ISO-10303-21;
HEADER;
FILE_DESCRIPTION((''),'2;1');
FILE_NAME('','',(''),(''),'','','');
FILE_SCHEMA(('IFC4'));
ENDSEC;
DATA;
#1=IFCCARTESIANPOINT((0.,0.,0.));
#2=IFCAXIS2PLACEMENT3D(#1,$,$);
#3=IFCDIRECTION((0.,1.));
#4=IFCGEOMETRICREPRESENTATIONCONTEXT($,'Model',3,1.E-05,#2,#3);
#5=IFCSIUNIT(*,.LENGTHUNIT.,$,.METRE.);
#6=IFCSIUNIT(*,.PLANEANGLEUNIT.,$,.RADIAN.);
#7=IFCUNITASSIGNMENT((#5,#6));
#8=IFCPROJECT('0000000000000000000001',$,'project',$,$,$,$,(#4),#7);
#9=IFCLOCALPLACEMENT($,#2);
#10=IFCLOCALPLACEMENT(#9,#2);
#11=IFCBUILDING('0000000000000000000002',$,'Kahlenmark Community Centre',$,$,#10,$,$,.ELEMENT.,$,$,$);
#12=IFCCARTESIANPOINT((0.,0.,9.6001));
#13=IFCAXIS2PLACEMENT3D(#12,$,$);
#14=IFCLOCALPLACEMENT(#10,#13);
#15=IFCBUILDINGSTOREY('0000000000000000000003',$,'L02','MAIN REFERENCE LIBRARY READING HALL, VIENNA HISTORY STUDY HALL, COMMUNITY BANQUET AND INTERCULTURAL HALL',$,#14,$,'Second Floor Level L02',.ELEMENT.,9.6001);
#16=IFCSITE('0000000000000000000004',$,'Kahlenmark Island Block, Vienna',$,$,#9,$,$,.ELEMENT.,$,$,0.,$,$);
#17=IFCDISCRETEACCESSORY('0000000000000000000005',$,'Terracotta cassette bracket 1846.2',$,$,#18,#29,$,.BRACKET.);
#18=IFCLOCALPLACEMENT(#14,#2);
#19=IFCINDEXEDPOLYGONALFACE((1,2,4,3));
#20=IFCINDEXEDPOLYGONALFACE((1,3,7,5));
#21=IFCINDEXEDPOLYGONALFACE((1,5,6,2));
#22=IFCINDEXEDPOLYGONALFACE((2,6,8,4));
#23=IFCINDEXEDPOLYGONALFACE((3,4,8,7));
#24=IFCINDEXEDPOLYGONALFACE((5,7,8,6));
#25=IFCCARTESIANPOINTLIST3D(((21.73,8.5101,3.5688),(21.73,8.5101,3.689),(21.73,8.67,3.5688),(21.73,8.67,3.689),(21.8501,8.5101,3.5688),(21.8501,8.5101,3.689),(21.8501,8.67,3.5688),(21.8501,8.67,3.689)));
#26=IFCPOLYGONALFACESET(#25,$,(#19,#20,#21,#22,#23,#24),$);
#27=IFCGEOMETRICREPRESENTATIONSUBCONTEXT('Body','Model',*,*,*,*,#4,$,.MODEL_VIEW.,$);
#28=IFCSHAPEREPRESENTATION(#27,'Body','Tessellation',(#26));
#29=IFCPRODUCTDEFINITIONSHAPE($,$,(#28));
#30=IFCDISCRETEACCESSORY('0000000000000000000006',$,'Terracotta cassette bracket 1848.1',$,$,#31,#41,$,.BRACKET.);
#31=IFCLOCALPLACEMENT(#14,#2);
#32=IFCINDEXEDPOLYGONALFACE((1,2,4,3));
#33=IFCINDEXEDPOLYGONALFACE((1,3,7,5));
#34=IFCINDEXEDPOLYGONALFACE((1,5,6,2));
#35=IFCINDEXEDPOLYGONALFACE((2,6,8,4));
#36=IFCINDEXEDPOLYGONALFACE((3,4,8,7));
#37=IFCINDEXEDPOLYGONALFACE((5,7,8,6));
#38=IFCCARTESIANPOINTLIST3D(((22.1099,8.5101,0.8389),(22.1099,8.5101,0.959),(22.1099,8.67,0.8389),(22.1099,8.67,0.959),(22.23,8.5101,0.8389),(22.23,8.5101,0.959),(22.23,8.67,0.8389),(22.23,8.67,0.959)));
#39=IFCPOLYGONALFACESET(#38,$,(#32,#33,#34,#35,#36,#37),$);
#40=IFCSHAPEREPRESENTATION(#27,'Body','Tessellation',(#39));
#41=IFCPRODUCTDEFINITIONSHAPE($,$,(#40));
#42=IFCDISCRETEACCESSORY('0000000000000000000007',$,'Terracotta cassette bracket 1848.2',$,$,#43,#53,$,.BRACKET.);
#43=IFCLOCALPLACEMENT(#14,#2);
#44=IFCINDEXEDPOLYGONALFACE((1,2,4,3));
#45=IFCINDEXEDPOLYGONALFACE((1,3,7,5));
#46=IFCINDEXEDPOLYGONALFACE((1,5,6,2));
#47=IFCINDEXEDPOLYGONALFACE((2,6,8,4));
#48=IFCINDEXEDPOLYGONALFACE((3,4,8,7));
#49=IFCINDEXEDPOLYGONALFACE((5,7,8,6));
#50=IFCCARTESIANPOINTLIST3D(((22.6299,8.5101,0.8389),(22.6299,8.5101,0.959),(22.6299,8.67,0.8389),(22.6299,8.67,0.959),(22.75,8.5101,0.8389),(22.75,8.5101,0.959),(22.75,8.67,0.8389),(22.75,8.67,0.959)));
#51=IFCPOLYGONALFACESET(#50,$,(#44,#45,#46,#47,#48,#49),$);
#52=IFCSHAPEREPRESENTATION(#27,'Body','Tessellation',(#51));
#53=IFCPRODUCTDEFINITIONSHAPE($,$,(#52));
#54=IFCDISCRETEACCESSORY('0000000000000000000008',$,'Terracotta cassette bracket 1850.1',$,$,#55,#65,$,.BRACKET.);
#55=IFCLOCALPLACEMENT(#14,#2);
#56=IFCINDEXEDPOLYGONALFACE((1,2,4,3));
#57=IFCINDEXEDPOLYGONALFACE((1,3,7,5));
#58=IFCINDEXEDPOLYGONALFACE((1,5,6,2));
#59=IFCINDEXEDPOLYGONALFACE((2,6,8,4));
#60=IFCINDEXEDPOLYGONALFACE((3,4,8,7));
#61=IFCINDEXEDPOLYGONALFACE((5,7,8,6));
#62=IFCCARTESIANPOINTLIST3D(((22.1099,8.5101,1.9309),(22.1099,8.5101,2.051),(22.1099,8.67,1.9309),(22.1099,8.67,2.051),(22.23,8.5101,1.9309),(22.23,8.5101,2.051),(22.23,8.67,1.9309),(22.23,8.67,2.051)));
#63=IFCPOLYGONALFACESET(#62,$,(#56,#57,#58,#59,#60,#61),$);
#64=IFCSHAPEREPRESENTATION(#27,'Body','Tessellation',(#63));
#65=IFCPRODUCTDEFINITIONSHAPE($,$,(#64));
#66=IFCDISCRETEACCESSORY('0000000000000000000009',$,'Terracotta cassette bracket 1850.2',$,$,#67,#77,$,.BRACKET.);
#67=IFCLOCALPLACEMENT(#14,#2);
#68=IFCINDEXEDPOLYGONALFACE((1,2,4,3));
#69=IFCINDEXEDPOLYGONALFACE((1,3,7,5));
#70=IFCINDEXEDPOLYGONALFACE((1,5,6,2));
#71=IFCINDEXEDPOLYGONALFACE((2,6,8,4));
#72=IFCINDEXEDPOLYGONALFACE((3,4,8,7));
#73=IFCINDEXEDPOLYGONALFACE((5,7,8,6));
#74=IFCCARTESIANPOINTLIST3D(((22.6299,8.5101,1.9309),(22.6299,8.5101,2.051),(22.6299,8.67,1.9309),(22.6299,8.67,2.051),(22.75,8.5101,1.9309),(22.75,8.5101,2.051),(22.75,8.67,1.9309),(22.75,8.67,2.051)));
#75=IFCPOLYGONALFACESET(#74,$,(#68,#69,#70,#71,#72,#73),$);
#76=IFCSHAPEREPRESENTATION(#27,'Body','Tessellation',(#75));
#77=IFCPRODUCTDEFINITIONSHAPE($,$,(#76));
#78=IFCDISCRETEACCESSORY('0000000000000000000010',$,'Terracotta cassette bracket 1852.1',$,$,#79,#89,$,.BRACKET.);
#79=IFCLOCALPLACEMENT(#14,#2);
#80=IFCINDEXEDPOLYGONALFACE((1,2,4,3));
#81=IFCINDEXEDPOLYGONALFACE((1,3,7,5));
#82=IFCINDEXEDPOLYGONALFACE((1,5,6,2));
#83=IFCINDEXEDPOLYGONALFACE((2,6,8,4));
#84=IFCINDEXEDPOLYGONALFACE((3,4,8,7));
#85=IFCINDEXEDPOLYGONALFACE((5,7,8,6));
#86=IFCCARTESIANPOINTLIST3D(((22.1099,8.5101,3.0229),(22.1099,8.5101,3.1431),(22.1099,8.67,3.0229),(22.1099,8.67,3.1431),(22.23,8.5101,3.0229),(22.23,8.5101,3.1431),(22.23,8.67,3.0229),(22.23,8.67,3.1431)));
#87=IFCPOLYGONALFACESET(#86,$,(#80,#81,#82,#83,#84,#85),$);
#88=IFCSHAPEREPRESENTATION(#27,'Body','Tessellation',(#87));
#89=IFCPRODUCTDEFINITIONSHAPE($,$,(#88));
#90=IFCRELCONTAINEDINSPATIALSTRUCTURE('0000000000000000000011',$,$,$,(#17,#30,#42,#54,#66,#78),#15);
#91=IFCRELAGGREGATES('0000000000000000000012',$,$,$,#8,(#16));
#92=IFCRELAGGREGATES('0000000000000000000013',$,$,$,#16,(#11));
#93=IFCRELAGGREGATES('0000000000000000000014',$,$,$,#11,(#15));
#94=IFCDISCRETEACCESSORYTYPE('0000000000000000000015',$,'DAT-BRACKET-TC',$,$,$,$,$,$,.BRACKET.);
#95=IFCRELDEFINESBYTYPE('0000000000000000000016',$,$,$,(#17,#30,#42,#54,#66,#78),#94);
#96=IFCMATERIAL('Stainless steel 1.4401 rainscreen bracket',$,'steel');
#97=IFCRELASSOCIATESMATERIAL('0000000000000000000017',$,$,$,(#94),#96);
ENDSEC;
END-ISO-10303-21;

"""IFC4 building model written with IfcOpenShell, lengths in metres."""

from ifc_helpers import new_model, si_unit, direction, frame, origin, origin_2d, place, context, subcontext, project, spatial, rectangle, extrude, material, type_object, element, save


model = new_model("IFC4")

# Units and contexts
model_context = context("Model", 3, precision=1e-05, world=origin(), true_north=direction((0.0, 1.0)))
body_context = subcontext(model_context, "Body", "Model", "MODEL_VIEW")
ifc_project = project(units=[si_unit("LENGTHUNIT", "METRE"), si_unit("PLANEANGLEUNIT", "RADIAN")], contexts=[model_context])

# Site, building, storey
site_placement = place(None, origin())
site = spatial("IfcSite", under=ifc_project, at=site_placement, Name="Kahlenmark Island Block, Vienna", CompositionType="ELEMENT", RefElevation=0.0)
building_placement = place(site_placement, origin())
building = spatial("IfcBuilding", under=site, at=building_placement, Name="Kahlenmark Community Centre", CompositionType="ELEMENT")
storey_placement = place(building_placement, frame((0.0, 0.0, 9.6001)))
storey = spatial("IfcBuildingStorey", under=building, at=storey_placement, Name="L02", Description="MAIN REFERENCE LIBRARY READING HALL, VIENNA HISTORY STUDY HALL, COMMUNITY BANQUET AND INTERCULTURAL HALL", LongName="Second Floor Level L02", CompositionType="ELEMENT", Elevation=9.6001)

# Discrete accessories
ifc_material_1 = material(Name="Stainless steel 1.4401 rainscreen bracket", Category="steel")
discrete_accessory_type = type_object("IfcDiscreteAccessoryType", Name="DAT-BRACKET-TC", PredefinedType="BRACKET", material=ifc_material_1)
for number, where, z_axis, x_axis, name in (
    (1, (21.79, 8.5901, 3.5688), (0.0, 0.0, 1.0), (1.0, 0.0, 0.0), "Terracotta cassette bracket 1846.2"),
    (2, (22.1699, 8.5901, 0.8389), (0.0, 0.0, 1.0), (1.0, 0.0, 0.0), "Terracotta cassette bracket 1848.1"),
    (3, (22.6899, 8.5901, 0.8389), (0.0, 0.0, 1.0), (1.0, 0.0, 0.0), "Terracotta cassette bracket 1848.2"),
    (4, (22.1699, 8.5901, 1.9309), (0.0, 0.0, 1.0), (1.0, 0.0, 0.0), "Terracotta cassette bracket 1850.1"),
    (5, (22.6899, 8.5901, 1.9309), (0.0, 0.0, 1.0), (1.0, 0.0, 0.0), "Terracotta cassette bracket 1850.2"),
    (6, (22.1699, 8.5901, 3.0229), (0.0, 0.0, 1.0), (1.0, 0.0, 0.0), "Terracotta cassette bracket 1852.1"),
):
    element("IfcDiscreteAccessory", number, at=place(storey_placement, frame(where, z_axis=z_axis, x_axis=x_axis)), inside=storey, type_object=discrete_accessory_type, Name=name, PredefinedType="BRACKET", context=body_context, shape_type="SweptSolid", body=[
        extrude(rectangle(XDim=0.1201, YDim=0.1599, at=origin_2d()), origin(), (0.0, 0.0, 1.0), 0.1201),
    ])

save(model, "model.ifc")
